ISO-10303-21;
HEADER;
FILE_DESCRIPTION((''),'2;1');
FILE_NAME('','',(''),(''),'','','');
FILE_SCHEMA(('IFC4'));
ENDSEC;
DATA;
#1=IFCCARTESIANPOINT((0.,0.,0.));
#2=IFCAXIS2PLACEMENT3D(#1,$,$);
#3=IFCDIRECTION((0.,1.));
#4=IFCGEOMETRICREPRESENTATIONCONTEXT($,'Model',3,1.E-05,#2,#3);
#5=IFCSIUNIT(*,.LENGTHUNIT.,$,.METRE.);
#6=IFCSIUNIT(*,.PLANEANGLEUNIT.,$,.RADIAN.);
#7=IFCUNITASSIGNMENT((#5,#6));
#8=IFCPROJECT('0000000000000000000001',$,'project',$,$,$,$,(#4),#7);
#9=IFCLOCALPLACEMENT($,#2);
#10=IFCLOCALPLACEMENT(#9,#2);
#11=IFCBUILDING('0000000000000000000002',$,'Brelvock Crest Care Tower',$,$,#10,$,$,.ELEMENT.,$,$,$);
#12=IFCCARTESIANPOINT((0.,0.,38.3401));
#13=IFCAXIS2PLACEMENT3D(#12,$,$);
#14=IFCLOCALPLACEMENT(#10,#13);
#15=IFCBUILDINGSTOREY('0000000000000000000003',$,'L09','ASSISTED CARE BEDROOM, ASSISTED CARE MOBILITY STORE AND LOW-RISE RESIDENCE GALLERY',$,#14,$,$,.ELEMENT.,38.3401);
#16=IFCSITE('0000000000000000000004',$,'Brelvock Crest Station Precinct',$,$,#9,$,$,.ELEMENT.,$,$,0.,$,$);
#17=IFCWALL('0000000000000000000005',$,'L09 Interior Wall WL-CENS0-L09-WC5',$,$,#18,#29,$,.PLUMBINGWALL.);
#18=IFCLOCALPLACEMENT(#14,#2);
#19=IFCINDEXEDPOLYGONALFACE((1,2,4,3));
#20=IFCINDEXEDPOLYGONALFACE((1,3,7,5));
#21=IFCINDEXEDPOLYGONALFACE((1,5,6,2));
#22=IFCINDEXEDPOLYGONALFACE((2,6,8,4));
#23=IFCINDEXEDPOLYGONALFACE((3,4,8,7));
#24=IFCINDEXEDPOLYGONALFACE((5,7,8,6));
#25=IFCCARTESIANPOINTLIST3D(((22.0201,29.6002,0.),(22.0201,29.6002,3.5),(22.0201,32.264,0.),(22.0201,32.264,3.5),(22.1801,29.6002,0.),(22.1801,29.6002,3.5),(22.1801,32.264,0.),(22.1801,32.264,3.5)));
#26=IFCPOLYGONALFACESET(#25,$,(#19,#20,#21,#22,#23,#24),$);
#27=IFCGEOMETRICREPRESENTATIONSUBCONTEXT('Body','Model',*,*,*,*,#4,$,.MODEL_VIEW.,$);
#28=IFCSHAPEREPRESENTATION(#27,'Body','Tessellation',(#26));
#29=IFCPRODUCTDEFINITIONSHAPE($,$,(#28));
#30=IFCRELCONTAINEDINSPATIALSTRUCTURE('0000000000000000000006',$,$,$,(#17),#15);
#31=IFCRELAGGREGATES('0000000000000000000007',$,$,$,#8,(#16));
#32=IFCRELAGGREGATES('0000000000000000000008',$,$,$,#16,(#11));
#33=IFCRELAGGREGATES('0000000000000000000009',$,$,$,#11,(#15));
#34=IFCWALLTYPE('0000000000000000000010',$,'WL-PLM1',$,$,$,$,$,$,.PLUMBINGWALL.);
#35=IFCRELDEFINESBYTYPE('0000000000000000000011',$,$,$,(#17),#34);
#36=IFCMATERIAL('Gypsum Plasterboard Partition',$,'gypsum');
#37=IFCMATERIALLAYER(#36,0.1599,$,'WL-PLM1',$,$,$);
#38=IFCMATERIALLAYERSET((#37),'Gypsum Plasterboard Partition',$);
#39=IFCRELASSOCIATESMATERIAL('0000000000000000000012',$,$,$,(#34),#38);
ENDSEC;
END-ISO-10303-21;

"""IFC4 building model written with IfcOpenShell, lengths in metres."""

from ifc_helpers import new_model, si_unit, direction, frame, frame_2d, origin, place, context, subcontext, project, spatial, rectangle, extrude, material, layer, layer_set, type_object, element, save


model = new_model("IFC4")

# Units and contexts
model_context = context("Model", 3, precision=1e-05, world=origin(), true_north=direction((0.0, 1.0)))
body_context = subcontext(model_context, "Body", "Model", "MODEL_VIEW")
ifc_project = project(units=[si_unit("LENGTHUNIT", "METRE"), si_unit("PLANEANGLEUNIT", "RADIAN")], contexts=[model_context])

# Site, building, storey
site_placement = place(None, origin())
site = spatial("IfcSite", under=ifc_project, at=site_placement, Name="Brelvock Crest Station Precinct", CompositionType="ELEMENT", RefElevation=0.0)
building_placement = place(site_placement, origin())
building = spatial("IfcBuilding", under=site, at=building_placement, Name="Brelvock Crest Care Tower", CompositionType="ELEMENT")
storey_placement = place(building_placement, frame((0.0, 0.0, 38.3401)))
storey = spatial("IfcBuildingStorey", under=building, at=storey_placement, Name="L09", Description="ASSISTED CARE BEDROOM, ASSISTED CARE MOBILITY STORE AND LOW-RISE RESIDENCE GALLERY", CompositionType="ELEMENT", Elevation=38.3401)

# Wall
ifc_material_1 = material(Name="Gypsum Plasterboard Partition", Category="gypsum")
ifc_layer_1 = layer(ifc_material_1, 0.1599, Name="WL-PLM1")
ifc_layer_set_1 = layer_set([ifc_layer_1], Name="Gypsum Plasterboard Partition")
wall_type_1 = type_object("IfcWallType", Name="WL-PLM1", PredefinedType="PLUMBINGWALL", material=ifc_layer_set_1)
wall_1_placement = place(storey_placement, frame((22.1001, 29.6001, 0.0), z_axis=(0.0, 0.0, 1.0), x_axis=(0.0, 1.0, 0.0)))
element("IfcWall", 1, at=wall_1_placement, inside=storey, type_object=wall_type_1, Name="L09 Interior Wall WL-CENS0-L09-WC5", PredefinedType="PLUMBINGWALL", context=body_context, shape_type="SweptSolid", body=[
    extrude(rectangle(XDim=2.6638, YDim=0.1599, at=frame_2d((1.332, 0.0))), origin(), (0.0, 0.0, 1.0), 3.5),
])

save(model, "model.ifc")
